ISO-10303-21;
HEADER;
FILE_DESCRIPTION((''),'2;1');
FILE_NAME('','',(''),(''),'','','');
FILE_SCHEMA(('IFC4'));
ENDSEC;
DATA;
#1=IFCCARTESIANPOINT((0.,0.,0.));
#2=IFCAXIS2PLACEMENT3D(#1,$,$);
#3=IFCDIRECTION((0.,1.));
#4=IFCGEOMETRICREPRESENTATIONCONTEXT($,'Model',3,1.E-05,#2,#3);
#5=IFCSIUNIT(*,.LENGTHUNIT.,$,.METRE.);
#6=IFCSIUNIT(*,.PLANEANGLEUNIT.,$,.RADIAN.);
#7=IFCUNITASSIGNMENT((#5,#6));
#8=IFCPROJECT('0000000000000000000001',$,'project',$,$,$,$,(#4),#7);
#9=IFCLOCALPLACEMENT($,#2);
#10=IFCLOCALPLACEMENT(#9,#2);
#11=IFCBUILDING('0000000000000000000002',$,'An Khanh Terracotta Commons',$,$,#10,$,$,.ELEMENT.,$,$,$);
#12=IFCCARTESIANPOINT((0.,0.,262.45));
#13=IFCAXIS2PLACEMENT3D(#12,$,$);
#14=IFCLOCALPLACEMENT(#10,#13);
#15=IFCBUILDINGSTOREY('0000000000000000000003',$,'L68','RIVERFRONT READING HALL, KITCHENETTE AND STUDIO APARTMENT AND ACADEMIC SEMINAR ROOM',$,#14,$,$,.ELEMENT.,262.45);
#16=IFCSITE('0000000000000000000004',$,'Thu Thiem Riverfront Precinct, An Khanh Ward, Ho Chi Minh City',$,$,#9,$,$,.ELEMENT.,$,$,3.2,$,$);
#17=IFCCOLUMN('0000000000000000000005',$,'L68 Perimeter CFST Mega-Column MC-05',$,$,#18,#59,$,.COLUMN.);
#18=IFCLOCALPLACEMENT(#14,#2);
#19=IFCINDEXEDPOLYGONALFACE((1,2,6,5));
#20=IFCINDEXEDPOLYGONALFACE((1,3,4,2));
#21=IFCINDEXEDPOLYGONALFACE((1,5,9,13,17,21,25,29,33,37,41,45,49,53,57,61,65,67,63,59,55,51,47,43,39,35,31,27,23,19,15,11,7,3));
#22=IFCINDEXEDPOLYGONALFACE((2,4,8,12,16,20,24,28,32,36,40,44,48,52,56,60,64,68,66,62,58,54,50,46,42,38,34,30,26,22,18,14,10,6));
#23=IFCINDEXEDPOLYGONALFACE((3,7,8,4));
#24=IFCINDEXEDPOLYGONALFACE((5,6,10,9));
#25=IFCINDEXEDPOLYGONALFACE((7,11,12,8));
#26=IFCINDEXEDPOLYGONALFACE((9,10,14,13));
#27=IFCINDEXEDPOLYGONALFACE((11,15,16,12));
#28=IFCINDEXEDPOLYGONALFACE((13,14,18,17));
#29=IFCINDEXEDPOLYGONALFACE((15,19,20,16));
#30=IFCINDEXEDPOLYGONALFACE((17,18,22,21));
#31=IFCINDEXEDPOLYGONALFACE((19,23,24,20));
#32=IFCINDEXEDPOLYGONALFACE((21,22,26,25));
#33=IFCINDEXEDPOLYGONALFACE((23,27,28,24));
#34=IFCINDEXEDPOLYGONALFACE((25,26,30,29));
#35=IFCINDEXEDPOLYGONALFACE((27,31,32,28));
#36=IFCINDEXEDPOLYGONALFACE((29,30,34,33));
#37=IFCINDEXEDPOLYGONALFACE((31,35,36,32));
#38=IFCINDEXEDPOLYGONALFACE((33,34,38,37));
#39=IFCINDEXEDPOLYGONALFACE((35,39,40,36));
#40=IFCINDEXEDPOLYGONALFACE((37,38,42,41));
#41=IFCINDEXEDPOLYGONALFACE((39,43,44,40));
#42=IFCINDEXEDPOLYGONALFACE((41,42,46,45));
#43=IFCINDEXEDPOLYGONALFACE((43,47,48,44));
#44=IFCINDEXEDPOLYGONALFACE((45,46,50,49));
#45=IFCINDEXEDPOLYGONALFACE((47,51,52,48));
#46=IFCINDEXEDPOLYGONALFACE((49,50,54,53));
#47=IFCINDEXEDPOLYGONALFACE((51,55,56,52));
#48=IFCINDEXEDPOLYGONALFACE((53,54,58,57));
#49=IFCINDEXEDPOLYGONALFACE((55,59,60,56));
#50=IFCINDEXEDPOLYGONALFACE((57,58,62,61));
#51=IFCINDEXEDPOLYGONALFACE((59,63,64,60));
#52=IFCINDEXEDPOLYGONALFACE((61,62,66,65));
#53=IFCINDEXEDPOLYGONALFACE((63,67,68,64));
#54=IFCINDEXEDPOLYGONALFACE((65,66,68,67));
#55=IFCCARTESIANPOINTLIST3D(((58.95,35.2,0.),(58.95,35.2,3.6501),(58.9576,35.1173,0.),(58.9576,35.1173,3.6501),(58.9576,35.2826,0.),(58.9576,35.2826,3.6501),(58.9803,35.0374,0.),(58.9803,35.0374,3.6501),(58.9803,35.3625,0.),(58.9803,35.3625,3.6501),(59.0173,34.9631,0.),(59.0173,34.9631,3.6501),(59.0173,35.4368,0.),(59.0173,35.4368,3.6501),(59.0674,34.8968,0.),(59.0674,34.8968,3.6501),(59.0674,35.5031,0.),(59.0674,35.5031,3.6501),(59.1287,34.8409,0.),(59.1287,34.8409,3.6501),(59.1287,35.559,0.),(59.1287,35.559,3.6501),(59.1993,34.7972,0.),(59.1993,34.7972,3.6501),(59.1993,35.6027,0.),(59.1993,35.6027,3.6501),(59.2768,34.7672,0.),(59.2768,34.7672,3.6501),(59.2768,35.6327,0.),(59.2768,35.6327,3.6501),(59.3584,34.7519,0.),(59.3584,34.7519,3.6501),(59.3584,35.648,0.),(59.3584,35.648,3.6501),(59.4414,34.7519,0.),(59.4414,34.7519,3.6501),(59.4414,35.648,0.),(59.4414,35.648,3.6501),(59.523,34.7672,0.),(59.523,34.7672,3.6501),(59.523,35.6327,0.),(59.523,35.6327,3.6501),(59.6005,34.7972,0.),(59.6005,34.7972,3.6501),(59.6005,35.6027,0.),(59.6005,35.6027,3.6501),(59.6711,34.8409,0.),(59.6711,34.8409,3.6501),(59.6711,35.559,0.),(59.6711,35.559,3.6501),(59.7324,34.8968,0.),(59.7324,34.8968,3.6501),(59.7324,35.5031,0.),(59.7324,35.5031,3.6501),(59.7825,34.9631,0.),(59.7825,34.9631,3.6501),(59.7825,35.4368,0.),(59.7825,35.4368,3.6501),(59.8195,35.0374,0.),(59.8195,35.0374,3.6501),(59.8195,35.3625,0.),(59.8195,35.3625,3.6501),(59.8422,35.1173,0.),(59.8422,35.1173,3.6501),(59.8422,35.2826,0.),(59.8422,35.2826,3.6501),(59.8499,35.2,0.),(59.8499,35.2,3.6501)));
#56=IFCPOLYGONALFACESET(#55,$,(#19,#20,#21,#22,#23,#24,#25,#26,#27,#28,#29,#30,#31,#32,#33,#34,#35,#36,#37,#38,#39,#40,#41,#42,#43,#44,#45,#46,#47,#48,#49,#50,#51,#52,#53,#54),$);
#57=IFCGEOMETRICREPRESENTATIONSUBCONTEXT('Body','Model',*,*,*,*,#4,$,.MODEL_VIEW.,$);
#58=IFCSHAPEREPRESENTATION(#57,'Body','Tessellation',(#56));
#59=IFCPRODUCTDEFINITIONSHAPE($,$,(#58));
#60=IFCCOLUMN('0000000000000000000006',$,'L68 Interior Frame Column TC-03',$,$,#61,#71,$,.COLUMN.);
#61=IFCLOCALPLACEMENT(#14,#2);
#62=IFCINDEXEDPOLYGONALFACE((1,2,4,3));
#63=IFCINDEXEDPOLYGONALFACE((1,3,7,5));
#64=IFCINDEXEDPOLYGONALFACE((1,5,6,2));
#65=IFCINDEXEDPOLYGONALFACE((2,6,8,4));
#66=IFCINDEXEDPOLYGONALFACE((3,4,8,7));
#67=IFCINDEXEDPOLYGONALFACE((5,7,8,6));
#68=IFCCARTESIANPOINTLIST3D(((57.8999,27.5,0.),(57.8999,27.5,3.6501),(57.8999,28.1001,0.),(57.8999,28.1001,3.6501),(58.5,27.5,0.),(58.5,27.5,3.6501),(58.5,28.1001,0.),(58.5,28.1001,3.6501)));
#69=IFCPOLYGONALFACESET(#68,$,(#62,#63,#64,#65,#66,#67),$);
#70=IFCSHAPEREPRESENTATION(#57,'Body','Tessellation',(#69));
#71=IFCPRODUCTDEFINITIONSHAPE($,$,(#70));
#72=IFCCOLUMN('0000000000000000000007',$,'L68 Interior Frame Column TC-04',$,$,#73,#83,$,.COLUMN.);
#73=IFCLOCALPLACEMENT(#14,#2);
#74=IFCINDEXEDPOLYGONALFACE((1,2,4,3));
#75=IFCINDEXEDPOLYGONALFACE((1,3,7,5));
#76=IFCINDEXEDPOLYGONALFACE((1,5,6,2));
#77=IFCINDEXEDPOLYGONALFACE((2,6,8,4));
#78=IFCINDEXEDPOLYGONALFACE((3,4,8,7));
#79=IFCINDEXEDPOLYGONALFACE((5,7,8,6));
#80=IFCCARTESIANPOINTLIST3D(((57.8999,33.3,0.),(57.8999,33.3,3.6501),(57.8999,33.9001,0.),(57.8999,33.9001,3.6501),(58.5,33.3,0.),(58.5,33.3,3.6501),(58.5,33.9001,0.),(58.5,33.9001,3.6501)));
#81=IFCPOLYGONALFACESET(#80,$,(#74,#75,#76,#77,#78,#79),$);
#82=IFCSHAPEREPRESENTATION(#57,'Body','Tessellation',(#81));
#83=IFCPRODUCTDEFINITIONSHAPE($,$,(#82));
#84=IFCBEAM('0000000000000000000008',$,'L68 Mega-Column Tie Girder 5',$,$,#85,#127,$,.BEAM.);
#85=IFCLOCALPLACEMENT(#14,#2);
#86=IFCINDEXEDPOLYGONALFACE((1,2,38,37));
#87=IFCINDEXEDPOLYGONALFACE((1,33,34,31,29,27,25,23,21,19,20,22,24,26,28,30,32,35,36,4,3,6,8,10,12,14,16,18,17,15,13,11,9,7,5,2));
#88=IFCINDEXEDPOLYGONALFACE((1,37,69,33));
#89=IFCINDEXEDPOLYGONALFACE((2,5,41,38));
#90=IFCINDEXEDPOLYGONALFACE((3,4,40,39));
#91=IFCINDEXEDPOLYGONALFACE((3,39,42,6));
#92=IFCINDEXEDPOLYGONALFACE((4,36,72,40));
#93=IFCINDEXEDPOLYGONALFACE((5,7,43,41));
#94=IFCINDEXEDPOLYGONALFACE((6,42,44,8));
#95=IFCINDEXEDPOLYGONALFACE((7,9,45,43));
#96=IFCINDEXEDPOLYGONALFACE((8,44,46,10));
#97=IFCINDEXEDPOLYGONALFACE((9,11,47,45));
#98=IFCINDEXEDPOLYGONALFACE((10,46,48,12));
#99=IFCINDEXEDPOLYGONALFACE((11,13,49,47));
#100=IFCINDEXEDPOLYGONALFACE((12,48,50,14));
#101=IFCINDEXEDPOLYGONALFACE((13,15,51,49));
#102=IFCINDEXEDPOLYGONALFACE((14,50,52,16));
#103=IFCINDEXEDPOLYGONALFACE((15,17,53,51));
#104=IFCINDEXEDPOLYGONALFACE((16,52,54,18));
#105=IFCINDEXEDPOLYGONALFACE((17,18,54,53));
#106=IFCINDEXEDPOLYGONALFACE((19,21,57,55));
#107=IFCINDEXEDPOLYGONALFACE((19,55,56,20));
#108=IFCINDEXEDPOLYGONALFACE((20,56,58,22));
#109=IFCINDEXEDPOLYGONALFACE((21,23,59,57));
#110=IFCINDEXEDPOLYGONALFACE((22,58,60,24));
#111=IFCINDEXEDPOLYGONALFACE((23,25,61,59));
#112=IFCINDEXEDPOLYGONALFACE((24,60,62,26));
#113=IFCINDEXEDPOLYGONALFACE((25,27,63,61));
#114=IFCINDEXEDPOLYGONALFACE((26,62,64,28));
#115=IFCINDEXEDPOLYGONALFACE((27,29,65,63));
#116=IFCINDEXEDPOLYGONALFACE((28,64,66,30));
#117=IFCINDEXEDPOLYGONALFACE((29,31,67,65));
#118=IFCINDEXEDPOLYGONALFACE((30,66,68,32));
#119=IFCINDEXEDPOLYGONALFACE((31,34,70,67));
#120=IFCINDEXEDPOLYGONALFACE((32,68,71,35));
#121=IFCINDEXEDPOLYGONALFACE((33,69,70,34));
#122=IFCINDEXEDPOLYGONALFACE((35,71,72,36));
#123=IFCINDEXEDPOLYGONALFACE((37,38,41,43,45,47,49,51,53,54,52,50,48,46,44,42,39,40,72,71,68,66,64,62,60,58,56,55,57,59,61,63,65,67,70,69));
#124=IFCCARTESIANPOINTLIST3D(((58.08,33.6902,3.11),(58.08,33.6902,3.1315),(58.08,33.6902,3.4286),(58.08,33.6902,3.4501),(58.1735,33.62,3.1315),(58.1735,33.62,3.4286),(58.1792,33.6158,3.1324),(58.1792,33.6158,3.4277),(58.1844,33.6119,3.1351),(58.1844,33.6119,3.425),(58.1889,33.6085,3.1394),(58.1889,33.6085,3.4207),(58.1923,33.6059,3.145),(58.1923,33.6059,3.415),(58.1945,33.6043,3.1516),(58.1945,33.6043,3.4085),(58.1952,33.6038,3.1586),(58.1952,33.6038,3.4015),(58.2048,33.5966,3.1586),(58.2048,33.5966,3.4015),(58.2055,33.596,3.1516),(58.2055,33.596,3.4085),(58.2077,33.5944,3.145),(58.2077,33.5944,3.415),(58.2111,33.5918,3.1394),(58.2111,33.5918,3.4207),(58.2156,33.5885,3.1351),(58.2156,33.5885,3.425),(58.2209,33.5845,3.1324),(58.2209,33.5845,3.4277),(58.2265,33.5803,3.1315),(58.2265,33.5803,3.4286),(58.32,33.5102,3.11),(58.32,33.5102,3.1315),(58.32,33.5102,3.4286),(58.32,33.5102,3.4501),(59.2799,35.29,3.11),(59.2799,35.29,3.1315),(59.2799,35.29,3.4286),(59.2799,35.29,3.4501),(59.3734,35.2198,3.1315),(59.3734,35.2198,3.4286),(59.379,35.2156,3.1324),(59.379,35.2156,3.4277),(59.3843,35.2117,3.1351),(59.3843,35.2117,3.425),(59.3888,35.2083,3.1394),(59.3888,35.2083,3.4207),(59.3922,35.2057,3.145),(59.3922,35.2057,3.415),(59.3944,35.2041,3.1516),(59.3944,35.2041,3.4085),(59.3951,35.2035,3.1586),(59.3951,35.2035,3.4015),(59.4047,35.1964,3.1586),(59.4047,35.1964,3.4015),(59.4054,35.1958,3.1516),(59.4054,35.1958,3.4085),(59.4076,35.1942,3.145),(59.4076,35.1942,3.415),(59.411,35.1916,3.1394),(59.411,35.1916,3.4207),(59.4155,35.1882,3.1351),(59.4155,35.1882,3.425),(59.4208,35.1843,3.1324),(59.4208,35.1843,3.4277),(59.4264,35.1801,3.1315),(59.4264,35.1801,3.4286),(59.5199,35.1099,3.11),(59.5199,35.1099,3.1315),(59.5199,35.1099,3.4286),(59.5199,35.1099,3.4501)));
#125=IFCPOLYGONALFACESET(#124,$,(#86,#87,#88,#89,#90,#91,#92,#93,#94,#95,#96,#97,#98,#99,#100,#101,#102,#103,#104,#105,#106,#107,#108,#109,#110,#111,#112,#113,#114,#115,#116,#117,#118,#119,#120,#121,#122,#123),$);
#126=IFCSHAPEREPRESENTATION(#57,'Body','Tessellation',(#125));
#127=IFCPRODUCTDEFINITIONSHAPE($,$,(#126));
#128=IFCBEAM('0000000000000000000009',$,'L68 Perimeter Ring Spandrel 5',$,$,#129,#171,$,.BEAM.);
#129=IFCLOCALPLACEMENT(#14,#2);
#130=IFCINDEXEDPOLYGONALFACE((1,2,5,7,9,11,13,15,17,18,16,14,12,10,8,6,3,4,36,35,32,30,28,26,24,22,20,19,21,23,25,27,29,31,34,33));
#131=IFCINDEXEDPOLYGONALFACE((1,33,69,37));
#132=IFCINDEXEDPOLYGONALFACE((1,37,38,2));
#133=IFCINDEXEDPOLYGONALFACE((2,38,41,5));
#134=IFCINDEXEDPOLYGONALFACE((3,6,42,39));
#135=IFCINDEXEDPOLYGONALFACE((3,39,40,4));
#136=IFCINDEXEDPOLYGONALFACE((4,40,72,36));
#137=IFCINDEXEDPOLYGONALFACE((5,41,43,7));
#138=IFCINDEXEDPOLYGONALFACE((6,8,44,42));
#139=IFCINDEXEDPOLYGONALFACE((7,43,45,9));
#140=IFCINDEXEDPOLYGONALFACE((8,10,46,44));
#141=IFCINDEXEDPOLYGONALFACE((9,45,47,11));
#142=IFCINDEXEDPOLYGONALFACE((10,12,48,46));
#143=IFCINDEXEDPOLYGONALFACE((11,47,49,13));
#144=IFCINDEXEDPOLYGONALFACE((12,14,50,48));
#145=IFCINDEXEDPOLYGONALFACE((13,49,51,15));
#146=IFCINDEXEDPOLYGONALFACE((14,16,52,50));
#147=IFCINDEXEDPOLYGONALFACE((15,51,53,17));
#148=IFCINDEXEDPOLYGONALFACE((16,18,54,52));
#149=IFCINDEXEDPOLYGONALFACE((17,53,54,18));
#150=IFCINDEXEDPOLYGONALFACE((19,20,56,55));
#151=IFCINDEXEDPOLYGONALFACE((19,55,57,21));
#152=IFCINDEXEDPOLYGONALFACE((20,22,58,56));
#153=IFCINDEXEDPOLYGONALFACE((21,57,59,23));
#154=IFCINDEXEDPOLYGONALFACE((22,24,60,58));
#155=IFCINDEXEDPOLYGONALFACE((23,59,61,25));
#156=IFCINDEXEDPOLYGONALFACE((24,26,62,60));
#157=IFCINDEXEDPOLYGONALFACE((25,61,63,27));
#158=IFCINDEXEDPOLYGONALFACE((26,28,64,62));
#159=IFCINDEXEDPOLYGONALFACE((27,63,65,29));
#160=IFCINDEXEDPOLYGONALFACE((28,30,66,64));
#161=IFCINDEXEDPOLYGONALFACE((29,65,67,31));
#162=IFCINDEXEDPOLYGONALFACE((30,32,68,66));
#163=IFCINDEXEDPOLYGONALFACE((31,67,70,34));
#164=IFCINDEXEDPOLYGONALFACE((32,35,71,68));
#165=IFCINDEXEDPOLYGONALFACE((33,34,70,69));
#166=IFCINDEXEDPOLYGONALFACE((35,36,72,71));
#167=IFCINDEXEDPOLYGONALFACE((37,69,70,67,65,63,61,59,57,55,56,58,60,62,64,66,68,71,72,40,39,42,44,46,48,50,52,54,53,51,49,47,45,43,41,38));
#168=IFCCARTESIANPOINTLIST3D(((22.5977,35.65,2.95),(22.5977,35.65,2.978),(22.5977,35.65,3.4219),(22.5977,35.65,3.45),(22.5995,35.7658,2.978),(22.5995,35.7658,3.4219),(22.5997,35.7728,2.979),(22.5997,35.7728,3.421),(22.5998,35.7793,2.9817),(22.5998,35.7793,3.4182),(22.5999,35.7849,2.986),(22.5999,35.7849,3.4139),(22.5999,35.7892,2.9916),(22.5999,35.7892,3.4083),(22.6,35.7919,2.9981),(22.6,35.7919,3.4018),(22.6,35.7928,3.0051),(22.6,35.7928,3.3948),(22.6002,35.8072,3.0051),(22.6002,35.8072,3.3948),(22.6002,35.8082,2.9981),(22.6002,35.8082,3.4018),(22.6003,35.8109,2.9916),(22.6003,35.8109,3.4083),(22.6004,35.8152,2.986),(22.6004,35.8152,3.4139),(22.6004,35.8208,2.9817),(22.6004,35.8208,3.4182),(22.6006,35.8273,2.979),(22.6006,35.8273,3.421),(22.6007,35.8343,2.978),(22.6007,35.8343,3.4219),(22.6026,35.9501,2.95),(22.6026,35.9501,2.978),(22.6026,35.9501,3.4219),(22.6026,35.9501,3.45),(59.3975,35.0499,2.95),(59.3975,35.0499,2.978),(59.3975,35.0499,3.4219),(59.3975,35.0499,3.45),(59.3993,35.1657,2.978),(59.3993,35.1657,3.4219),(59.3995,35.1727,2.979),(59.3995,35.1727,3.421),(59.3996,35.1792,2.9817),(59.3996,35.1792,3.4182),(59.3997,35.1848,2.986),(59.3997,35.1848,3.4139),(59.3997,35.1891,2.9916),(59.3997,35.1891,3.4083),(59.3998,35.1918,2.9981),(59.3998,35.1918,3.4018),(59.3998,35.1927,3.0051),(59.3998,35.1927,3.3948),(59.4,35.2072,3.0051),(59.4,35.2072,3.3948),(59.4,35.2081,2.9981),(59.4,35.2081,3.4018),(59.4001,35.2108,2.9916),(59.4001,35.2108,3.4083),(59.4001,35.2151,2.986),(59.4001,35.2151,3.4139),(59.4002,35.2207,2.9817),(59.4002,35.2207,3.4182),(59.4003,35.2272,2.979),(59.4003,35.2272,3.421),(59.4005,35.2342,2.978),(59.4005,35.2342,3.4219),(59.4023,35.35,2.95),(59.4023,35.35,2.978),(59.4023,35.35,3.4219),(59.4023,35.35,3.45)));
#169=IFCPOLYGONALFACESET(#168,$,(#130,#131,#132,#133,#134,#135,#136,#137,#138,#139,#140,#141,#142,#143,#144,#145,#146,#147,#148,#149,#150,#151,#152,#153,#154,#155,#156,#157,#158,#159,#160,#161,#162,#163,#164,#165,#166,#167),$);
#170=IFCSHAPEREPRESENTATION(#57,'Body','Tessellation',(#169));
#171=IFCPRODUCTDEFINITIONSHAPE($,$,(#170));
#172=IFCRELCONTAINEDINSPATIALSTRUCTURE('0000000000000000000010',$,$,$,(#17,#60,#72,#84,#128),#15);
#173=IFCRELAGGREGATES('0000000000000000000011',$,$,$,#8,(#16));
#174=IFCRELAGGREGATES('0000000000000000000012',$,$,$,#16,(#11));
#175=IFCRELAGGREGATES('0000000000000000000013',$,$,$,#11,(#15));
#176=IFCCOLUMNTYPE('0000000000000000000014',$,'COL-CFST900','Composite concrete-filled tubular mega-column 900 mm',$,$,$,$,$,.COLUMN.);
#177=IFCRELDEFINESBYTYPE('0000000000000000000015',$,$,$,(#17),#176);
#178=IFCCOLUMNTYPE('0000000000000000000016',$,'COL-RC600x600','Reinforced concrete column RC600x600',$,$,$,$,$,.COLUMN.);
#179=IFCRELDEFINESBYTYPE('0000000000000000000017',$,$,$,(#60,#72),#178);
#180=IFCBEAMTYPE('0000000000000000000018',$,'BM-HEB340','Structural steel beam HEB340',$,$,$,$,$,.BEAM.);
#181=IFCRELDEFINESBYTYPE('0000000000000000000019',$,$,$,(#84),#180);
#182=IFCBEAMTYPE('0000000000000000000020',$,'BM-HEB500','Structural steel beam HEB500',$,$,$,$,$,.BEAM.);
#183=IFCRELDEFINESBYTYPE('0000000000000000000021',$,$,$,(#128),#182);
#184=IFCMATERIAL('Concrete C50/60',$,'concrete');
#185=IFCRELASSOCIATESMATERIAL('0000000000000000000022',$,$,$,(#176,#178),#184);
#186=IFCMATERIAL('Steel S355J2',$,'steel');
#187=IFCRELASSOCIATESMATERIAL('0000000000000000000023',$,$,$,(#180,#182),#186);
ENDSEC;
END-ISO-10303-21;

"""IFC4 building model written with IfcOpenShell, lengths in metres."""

from ifc_helpers import new_model, si_unit, direction, frame, origin, origin_2d, place, context, subcontext, project, spatial, rectangle, circle, i_section, extrude, material, material_profile, profile_set, type_object, element, save


model = new_model("IFC4")

# Units and contexts
model_context = context("Model", 3, precision=1e-05, world=origin(), true_north=direction((0.0, 1.0)))
body_context = subcontext(model_context, "Body", "Model", "MODEL_VIEW")
ifc_project = project(units=[si_unit("LENGTHUNIT", "METRE"), si_unit("PLANEANGLEUNIT", "RADIAN")], contexts=[model_context])

# Site, building, storey
site_placement = place(None, origin())
site = spatial("IfcSite", under=ifc_project, at=site_placement, Name="Thu Thiem Riverfront Precinct, An Khanh Ward, Ho Chi Minh City", CompositionType="ELEMENT", RefElevation=3.2)
building_placement = place(site_placement, origin())
building = spatial("IfcBuilding", under=site, at=building_placement, Name="An Khanh Terracotta Commons", CompositionType="ELEMENT")
storey_placement = place(building_placement, frame((0.0, 0.0, 262.45)))
storey = spatial("IfcBuildingStorey", under=building, at=storey_placement, Name="L68", Description="RIVERFRONT READING HALL, KITCHENETTE AND STUDIO APARTMENT AND ACADEMIC SEMINAR ROOM", CompositionType="ELEMENT", Elevation=262.45)

# Columns
ifc_material_1 = material(Name="Concrete C50/60", Category="concrete")
ifc_material_profile_1 = material_profile(ifc_material_1, circle(Radius=0.45, at=origin_2d()), Name="CFST900")
ifc_profile_set_1 = profile_set([ifc_material_profile_1], Name="Concrete C50/60")
column_type_1 = type_object("IfcColumnType", Name="COL-CFST900", Description="Composite concrete-filled tubular mega-column 900 mm", PredefinedType="COLUMN", material=ifc_profile_set_1)
column_placement = place(storey_placement, frame((59.3999, 35.2, 0.0), z_axis=(0.0, 0.0, 1.0), x_axis=(1.0, 0.0, 0.0)))
element("IfcColumn", 1, at=column_placement, inside=storey, type_object=column_type_1, Name="L68 Perimeter CFST Mega-Column MC-05", PredefinedType="COLUMN", context=body_context, shape_type="SweptSolid", body=[
    extrude(circle(Radius=0.45, at=origin_2d()), origin(), (0.0, 0.0, 1.0), 3.6501),
])
ifc_material_profile_2 = material_profile(ifc_material_1, rectangle(XDim=0.6001, YDim=0.6001, at=origin_2d()), Name="RC600x600")
ifc_profile_set_2 = profile_set([ifc_material_profile_2], Name="Concrete C50/60")
column_type_2 = type_object("IfcColumnType", Name="COL-RC600x600", Description="Reinforced concrete column RC600x600", PredefinedType="COLUMN", material=ifc_profile_set_2)
for number, where, z_axis, x_axis, name in (
    (2, (58.2, 27.8, 0.0), (0.0, 0.0, 1.0), (1.0, 0.0, 0.0), "L68 Interior Frame Column TC-03"),
    (3, (58.2, 33.6001, 0.0), (0.0, 0.0, 1.0), (1.0, 0.0, 0.0), "L68 Interior Frame Column TC-04"),
):
    element("IfcColumn", number, at=place(storey_placement, frame(where, z_axis=z_axis, x_axis=x_axis)), inside=storey, type_object=column_type_2, Name=name, PredefinedType="COLUMN", context=body_context, shape_type="SweptSolid", body=[
        extrude(rectangle(XDim=0.6001, YDim=0.6001, at=origin_2d()), origin(), (0.0, 0.0, 1.0), 3.6501),
    ])

# Beams
ifc_material_2 = material(Name="Steel S355J2", Category="steel")
ifc_material_profile_3 = material_profile(ifc_material_2, i_section(OverallWidth=0.3, OverallDepth=0.3401, WebThickness=0.012, FlangeThickness=0.0215, FilletRadius=0.0271, at=origin_2d()), Name="HEB340")
ifc_profile_set_3 = profile_set([ifc_material_profile_3], Name="Steel S355J2")
beam_type_1 = type_object("IfcBeamType", Name="BM-HEB340", Description="Structural steel beam HEB340", PredefinedType="BEAM", material=ifc_profile_set_3)
beam_1_placement = place(storey_placement, frame((59.3999, 35.2, 3.28), z_axis=(-0.60002, -0.799985, 0.0), x_axis=(0.799985, -0.60002, 0.0)))
element("IfcBeam", 4, at=beam_1_placement, inside=storey, type_object=beam_type_1, Name="L68 Mega-Column Tie Girder 5", PredefinedType="BEAM", context=body_context, shape_type="SweptSolid", body=[
    extrude(i_section(OverallWidth=0.3, OverallDepth=0.3401, WebThickness=0.012, FlangeThickness=0.0215, FilletRadius=0.0271, at=origin_2d()), origin(), (0.0, 0.0, 1.0), 1.9998),
])
ifc_material_profile_4 = material_profile(ifc_material_2, i_section(OverallWidth=0.3, OverallDepth=0.5, WebThickness=0.0144, FlangeThickness=0.0281, FilletRadius=0.0271, at=origin_2d()), Name="HEB500")
ifc_profile_set_4 = profile_set([ifc_material_profile_4], Name="Steel S355J2")
beam_type_2 = type_object("IfcBeamType", Name="BM-HEB500", Description="Structural steel beam HEB500", PredefinedType="BEAM", material=ifc_profile_set_4)
beam_2_placement = place(storey_placement, frame((59.3999, 35.2, 3.2), z_axis=(-0.999867, 0.016305, 0.0), x_axis=(-0.016305, -0.999867, 0.0)))
element("IfcBeam", 5, at=beam_2_placement, inside=storey, type_object=beam_type_2, Name="L68 Perimeter Ring Spandrel 5", PredefinedType="BEAM", context=body_context, shape_type="SweptSolid", body=[
    extrude(i_section(OverallWidth=0.3, OverallDepth=0.5, WebThickness=0.0144, FlangeThickness=0.0281, FilletRadius=0.0271, at=origin_2d()), origin(), (0.0, 0.0, 1.0), 36.8047),
])

save(model, "model.ifc")
